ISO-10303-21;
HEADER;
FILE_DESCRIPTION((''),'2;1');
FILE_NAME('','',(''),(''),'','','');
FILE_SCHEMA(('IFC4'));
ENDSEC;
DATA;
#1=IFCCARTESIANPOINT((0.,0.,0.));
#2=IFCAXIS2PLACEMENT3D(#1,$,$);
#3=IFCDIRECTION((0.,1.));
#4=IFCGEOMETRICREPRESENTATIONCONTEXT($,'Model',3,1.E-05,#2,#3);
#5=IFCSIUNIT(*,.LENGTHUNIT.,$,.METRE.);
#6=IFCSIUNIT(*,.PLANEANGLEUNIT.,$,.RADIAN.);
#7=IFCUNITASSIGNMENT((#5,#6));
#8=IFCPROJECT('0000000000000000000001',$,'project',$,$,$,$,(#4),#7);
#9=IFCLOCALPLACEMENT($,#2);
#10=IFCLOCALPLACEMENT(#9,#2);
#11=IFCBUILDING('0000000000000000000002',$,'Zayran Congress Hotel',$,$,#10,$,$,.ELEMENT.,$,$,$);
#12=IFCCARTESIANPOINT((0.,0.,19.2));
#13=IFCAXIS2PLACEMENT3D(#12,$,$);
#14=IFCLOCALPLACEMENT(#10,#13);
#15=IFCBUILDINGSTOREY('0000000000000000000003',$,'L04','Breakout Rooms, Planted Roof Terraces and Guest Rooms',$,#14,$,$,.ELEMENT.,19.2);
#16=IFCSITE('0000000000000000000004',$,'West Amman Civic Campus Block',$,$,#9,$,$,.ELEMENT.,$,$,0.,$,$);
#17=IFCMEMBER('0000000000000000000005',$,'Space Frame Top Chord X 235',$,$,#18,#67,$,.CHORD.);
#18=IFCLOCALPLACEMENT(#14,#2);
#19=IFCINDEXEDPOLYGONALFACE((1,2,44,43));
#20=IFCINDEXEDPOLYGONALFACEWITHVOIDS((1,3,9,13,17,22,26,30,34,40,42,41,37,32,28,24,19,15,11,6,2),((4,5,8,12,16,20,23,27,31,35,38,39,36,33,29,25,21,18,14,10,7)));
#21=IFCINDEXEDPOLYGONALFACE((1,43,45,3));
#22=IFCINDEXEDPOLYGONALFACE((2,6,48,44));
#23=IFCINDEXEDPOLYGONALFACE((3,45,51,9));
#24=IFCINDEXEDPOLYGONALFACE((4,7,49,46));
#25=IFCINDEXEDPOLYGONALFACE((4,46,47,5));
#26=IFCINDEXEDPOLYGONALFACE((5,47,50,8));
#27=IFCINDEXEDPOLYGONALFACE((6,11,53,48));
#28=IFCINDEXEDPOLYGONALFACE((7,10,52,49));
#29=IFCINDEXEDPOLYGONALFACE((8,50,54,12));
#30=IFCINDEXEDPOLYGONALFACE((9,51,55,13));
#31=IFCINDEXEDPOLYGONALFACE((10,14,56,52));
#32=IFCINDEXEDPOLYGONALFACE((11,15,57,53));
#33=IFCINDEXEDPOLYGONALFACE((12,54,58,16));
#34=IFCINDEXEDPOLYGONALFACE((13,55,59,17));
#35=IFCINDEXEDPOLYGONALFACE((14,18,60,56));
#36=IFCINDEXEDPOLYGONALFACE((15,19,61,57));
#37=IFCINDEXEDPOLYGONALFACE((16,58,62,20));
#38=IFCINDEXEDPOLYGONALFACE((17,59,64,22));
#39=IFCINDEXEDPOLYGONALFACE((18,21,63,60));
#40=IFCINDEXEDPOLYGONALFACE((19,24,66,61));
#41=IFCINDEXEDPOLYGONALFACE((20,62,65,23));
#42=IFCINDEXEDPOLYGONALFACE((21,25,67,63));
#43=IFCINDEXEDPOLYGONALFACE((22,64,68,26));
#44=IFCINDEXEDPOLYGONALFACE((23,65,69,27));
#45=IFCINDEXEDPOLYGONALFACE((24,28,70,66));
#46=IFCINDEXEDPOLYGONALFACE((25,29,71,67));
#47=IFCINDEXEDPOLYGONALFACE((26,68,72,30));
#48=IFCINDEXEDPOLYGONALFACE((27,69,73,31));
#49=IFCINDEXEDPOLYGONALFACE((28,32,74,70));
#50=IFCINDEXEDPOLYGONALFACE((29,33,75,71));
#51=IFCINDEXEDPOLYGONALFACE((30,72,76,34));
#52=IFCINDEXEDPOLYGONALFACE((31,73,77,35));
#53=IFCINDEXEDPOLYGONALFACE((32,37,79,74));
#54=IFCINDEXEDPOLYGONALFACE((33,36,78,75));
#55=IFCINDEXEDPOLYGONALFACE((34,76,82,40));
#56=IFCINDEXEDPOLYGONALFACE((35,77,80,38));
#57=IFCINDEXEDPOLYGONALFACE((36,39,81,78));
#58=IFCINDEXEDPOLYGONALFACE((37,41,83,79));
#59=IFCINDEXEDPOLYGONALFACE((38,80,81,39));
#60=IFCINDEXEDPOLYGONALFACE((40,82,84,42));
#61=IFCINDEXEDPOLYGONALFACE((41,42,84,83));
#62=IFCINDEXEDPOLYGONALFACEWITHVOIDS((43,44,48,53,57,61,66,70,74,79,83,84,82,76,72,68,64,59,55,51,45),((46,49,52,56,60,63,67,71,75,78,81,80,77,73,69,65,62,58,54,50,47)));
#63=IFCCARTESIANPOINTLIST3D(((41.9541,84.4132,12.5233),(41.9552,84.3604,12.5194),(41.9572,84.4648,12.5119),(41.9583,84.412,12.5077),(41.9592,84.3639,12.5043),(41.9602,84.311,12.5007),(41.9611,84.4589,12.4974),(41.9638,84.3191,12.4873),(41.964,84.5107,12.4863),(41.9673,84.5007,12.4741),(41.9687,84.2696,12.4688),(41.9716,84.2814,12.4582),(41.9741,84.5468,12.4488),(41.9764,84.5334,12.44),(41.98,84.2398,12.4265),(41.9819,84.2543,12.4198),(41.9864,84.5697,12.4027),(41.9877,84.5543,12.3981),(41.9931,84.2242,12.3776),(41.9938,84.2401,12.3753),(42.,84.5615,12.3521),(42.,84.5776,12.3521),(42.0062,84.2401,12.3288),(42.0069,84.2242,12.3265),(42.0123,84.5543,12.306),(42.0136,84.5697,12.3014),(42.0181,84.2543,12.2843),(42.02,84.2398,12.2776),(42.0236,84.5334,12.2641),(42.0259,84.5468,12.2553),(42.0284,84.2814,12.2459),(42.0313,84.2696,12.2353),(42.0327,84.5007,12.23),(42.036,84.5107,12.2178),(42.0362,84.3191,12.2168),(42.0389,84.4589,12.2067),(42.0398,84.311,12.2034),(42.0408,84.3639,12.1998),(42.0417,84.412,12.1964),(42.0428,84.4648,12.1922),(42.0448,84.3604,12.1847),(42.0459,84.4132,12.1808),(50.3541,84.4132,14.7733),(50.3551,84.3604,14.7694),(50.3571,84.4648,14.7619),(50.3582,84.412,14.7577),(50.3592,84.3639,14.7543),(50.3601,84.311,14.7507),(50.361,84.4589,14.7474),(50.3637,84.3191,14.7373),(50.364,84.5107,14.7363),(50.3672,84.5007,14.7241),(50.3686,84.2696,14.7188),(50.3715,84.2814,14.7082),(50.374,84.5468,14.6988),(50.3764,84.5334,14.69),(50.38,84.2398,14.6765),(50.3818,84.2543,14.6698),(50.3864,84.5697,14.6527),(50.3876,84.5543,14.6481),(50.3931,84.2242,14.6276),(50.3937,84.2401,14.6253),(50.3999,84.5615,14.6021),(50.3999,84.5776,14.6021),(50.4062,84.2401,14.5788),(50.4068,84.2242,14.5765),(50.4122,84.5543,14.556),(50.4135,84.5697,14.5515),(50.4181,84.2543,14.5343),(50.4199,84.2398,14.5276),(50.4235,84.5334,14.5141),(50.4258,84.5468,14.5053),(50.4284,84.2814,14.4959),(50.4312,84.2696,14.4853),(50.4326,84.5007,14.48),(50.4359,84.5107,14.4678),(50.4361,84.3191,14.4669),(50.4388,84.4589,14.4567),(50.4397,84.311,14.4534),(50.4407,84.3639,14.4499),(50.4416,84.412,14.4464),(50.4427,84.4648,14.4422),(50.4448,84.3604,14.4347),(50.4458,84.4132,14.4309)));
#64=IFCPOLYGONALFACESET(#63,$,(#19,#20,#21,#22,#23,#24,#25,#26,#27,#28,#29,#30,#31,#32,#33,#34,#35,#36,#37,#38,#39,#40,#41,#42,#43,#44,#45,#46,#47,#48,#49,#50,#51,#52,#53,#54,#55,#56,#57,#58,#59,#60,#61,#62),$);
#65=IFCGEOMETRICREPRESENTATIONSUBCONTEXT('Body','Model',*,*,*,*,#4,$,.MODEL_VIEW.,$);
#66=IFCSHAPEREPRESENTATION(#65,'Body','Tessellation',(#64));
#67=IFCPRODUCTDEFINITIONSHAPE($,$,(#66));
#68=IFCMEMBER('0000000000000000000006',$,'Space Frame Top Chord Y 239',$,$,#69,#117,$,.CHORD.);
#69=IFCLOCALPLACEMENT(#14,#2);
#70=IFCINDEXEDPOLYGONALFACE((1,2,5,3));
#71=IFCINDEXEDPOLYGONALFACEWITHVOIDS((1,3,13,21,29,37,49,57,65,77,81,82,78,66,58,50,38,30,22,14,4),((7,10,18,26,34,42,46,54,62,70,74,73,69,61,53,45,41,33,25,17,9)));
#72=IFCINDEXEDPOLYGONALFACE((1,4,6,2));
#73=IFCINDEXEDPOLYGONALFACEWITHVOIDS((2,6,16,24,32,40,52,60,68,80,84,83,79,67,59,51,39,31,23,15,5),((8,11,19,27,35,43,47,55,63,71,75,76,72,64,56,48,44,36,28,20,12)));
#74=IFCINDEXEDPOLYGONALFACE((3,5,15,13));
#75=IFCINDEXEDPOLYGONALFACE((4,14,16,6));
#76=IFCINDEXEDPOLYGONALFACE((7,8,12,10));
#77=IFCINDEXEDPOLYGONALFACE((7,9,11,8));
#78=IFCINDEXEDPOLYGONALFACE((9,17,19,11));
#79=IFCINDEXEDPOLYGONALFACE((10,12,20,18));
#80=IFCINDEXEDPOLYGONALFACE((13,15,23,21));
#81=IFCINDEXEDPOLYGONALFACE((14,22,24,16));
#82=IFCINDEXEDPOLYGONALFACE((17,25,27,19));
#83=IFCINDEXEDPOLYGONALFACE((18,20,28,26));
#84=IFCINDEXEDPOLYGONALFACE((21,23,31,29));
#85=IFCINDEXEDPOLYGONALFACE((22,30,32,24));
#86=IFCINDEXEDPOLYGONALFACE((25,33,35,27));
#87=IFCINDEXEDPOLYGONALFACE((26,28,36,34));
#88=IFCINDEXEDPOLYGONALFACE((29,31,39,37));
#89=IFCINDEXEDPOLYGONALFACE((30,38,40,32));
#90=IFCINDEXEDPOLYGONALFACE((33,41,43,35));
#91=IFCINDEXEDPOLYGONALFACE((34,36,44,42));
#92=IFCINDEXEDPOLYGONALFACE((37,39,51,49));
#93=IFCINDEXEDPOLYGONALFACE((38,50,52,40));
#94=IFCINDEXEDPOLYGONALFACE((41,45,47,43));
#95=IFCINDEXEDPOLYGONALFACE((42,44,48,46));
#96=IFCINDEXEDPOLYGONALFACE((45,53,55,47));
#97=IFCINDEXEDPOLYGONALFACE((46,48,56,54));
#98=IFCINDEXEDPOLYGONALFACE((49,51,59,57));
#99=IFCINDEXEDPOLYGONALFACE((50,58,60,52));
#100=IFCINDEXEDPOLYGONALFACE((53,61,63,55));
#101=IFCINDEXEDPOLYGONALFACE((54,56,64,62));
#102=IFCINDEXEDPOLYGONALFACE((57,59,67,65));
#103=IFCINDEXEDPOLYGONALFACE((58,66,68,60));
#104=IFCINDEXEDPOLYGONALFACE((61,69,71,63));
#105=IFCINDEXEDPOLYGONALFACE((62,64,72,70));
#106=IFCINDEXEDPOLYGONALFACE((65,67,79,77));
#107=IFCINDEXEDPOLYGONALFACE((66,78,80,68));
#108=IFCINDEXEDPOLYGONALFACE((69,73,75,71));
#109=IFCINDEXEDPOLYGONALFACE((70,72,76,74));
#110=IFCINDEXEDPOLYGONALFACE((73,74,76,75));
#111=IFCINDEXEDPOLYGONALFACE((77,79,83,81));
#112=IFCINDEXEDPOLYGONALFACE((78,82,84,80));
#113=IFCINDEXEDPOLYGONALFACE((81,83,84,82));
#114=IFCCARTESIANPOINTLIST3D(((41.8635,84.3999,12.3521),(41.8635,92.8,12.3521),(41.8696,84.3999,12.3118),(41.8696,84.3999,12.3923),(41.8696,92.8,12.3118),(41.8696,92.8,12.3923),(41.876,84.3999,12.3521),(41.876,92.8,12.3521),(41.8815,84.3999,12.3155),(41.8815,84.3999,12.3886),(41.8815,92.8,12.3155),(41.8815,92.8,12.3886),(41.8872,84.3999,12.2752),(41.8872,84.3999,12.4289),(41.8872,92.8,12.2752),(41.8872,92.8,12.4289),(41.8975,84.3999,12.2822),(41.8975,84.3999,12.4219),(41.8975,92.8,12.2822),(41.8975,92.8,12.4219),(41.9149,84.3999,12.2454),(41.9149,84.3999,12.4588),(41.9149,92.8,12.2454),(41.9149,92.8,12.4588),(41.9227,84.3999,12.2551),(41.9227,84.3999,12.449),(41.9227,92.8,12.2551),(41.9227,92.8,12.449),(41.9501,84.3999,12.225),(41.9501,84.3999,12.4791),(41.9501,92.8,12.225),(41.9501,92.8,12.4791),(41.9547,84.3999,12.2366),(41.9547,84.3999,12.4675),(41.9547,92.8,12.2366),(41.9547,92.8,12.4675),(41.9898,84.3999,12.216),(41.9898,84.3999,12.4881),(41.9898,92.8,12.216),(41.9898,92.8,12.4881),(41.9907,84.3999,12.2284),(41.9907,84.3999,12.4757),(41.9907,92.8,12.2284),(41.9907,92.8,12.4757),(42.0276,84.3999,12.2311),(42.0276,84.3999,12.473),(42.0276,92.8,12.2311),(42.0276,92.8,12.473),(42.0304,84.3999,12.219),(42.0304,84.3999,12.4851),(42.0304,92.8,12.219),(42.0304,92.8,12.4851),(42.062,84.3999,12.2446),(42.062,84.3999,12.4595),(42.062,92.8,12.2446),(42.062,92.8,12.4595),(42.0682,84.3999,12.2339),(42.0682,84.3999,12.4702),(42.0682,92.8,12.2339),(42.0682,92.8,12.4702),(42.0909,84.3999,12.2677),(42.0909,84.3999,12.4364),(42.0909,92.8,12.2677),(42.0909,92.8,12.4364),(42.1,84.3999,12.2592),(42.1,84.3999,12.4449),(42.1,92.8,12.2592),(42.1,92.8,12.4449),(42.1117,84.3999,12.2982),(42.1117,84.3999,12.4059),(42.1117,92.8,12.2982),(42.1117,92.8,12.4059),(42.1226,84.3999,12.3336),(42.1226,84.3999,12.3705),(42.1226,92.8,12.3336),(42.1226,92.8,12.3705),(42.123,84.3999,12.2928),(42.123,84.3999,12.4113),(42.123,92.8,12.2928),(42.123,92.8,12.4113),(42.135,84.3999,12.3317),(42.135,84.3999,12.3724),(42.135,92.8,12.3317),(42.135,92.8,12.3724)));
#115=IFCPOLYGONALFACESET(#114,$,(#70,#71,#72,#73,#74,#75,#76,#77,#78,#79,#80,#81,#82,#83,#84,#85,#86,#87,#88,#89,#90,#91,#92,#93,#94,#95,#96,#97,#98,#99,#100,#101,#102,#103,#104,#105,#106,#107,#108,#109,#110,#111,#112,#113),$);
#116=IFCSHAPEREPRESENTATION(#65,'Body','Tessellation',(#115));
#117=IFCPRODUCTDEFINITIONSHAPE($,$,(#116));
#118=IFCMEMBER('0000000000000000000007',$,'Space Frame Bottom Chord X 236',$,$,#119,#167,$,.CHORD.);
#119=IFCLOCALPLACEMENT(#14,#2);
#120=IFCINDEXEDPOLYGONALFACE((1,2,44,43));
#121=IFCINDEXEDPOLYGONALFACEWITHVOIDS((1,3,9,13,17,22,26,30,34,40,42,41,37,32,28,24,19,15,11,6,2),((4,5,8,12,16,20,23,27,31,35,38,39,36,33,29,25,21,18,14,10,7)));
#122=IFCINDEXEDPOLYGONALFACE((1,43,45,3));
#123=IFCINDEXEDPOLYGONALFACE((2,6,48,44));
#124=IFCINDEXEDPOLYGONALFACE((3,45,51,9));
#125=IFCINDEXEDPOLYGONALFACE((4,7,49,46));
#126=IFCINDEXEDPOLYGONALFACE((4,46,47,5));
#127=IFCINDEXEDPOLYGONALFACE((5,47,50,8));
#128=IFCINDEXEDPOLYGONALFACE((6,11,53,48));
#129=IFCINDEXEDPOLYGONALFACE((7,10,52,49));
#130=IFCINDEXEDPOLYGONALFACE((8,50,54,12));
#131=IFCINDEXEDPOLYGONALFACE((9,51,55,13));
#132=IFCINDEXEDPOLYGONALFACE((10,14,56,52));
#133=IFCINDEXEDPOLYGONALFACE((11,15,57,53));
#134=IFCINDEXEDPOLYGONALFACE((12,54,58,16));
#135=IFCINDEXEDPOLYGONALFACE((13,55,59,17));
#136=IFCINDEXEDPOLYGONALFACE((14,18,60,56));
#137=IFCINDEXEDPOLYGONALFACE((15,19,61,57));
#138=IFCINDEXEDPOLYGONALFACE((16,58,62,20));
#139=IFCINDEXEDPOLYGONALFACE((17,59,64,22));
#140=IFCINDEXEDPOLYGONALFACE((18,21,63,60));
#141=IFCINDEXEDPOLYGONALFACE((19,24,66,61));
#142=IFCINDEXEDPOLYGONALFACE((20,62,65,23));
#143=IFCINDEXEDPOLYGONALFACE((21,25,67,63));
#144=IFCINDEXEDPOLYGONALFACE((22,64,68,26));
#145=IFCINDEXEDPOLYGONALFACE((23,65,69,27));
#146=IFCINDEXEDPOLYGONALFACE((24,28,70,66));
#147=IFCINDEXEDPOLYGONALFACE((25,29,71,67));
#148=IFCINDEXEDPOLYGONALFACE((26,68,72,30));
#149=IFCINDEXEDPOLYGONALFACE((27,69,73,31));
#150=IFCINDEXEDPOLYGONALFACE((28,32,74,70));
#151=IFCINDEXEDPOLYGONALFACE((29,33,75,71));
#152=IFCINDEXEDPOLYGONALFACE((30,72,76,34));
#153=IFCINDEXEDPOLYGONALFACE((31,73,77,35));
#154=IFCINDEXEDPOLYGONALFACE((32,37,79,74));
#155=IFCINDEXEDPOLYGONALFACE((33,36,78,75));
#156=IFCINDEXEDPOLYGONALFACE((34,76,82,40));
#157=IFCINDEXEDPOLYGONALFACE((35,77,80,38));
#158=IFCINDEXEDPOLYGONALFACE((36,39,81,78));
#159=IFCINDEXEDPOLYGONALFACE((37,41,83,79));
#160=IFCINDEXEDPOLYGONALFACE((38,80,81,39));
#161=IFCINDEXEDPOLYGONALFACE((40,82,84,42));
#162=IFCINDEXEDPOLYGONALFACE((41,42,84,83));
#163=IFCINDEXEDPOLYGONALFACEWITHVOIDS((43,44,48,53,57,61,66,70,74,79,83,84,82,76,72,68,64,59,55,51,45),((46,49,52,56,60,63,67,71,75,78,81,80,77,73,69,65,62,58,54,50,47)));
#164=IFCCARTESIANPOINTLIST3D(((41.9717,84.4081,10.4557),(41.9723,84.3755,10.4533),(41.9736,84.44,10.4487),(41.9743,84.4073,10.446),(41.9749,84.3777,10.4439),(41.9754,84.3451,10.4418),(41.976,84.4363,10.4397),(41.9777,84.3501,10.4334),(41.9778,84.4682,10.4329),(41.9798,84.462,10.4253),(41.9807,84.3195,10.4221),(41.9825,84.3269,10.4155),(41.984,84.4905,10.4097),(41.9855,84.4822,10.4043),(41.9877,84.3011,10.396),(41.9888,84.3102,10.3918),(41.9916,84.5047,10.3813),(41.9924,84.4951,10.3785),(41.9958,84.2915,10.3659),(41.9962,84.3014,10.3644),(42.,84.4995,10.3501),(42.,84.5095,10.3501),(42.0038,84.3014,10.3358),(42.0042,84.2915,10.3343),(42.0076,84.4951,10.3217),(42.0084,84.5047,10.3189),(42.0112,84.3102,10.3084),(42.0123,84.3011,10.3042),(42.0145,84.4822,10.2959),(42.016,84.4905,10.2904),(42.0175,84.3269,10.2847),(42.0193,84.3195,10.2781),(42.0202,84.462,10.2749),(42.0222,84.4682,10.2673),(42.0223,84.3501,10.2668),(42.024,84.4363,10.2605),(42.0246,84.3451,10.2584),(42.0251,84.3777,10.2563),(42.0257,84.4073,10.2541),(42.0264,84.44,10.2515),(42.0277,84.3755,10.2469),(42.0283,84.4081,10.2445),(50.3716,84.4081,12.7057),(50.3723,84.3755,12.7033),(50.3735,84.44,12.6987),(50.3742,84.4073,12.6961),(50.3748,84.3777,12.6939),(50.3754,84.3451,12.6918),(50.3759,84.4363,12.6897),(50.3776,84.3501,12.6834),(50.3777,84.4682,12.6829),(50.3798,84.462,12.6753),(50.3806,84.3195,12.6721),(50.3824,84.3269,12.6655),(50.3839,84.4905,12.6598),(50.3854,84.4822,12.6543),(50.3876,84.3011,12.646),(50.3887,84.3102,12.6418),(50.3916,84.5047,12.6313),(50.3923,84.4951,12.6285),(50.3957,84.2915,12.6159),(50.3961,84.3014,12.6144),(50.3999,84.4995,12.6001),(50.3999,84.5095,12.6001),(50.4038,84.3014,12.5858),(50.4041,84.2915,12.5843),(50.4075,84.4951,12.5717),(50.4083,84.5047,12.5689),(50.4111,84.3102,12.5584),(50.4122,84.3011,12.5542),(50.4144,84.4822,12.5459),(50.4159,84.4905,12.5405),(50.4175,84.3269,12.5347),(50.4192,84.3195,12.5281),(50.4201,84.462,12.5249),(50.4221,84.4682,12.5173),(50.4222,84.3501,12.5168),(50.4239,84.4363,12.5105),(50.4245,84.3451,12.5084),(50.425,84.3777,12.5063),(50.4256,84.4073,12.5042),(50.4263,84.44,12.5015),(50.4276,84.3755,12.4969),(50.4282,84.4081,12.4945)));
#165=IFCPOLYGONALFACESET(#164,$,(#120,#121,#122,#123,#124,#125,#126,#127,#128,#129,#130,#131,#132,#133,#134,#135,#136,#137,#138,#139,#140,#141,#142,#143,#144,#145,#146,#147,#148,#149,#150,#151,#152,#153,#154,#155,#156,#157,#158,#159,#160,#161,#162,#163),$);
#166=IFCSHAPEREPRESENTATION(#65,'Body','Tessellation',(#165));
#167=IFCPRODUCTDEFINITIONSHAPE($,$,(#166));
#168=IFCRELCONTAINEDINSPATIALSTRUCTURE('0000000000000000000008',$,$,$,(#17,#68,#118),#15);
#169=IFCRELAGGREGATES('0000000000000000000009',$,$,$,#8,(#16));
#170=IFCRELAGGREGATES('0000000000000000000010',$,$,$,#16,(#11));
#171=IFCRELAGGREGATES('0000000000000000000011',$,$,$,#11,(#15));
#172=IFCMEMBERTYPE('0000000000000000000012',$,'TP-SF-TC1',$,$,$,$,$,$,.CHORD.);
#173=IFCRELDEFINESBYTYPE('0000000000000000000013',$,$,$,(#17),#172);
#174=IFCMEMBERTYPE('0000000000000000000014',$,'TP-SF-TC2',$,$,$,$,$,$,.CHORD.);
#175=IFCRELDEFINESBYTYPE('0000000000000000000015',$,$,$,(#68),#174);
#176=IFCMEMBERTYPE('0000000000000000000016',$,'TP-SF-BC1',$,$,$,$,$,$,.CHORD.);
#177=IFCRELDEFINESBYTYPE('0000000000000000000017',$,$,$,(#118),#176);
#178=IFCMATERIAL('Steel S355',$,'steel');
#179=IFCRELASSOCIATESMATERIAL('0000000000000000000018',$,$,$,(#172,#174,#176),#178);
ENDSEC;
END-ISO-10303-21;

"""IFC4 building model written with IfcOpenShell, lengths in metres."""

from ifc_helpers import new_model, si_unit, direction, frame, origin, origin_2d, place, context, subcontext, project, spatial, hollow_circle, extrude, material, material_profile, profile_set, type_object, element, save


model = new_model("IFC4")

# Units and contexts
model_context = context("Model", 3, precision=1e-05, world=origin(), true_north=direction((0.0, 1.0)))
body_context = subcontext(model_context, "Body", "Model", "MODEL_VIEW")
ifc_project = project(units=[si_unit("LENGTHUNIT", "METRE"), si_unit("PLANEANGLEUNIT", "RADIAN")], contexts=[model_context])

# Site, building, storey
site_placement = place(None, origin())
site = spatial("IfcSite", under=ifc_project, at=site_placement, Name="West Amman Civic Campus Block", CompositionType="ELEMENT", RefElevation=0.0)
building_placement = place(site_placement, origin())
building = spatial("IfcBuilding", under=site, at=building_placement, Name="Zayran Congress Hotel", CompositionType="ELEMENT")
storey_placement = place(building_placement, frame((0.0, 0.0, 19.2)))
storey = spatial("IfcBuildingStorey", under=building, at=storey_placement, Name="L04", Description="Breakout Rooms, Planted Roof Terraces and Guest Rooms", CompositionType="ELEMENT", Elevation=19.2)

# Members
ifc_material_1 = material(Name="Steel S355", Category="steel")
ifc_material_profile_1 = material_profile(ifc_material_1, hollow_circle(Radius=0.1777, WallThickness=0.0161, at=origin_2d()), Name="CHS 355.6x16")
ifc_profile_set_1 = profile_set([ifc_material_profile_1], Name="Steel S355")
member_type_1 = type_object("IfcMemberType", Name="TP-SF-TC1", PredefinedType="CHORD", material=ifc_profile_set_1)
member_1_placement = place(storey_placement, frame((42.0, 84.3999, 12.3521), z_axis=(0.965947, 0.0, 0.258739), x_axis=(0.0, 1.0, 0.0)))
element("IfcMember", 1, at=member_1_placement, inside=storey, type_object=member_type_1, Name="Space Frame Top Chord X 235", PredefinedType="CHORD", context=body_context, shape_type="SweptSolid", body=[
    extrude(hollow_circle(Radius=0.1777, WallThickness=0.0161, at=origin_2d()), origin(), (0.0, 0.0, 1.0), 8.696),
])
ifc_material_profile_2 = material_profile(ifc_material_1, hollow_circle(Radius=0.1365, WallThickness=0.0125, at=origin_2d()), Name="CHS 273x12.5")
ifc_profile_set_2 = profile_set([ifc_material_profile_2], Name="Steel S355")
member_type_2 = type_object("IfcMemberType", Name="TP-SF-TC2", PredefinedType="CHORD", material=ifc_profile_set_2)
member_2_placement = place(storey_placement, frame((42.0, 84.3999, 12.3521), z_axis=(0.0, 1.0, 0.0), x_axis=(-1.0, 0.0, 0.0)))
element("IfcMember", 2, at=member_2_placement, inside=storey, type_object=member_type_2, Name="Space Frame Top Chord Y 239", PredefinedType="CHORD", context=body_context, shape_type="SweptSolid", body=[
    extrude(hollow_circle(Radius=0.1365, WallThickness=0.0125, at=origin_2d()), origin(), (0.0, 0.0, 1.0), 8.4001),
])
ifc_material_profile_3 = material_profile(ifc_material_1, hollow_circle(Radius=0.1096, WallThickness=0.01, at=origin_2d()), Name="CHS 219.1x10")
ifc_profile_set_3 = profile_set([ifc_material_profile_3], Name="Steel S355")
member_type_3 = type_object("IfcMemberType", Name="TP-SF-BC1", PredefinedType="CHORD", material=ifc_profile_set_3)
member_3_placement = place(storey_placement, frame((42.0, 84.3999, 10.3501), z_axis=(0.965947, 0.0, 0.258739), x_axis=(0.0, 1.0, 0.0)))
element("IfcMember", 3, at=member_3_placement, inside=storey, type_object=member_type_3, Name="Space Frame Bottom Chord X 236", PredefinedType="CHORD", context=body_context, shape_type="SweptSolid", body=[
    extrude(hollow_circle(Radius=0.1096, WallThickness=0.01, at=origin_2d()), origin(), (0.0, 0.0, 1.0), 8.696),
])

save(model, "model.ifc")
